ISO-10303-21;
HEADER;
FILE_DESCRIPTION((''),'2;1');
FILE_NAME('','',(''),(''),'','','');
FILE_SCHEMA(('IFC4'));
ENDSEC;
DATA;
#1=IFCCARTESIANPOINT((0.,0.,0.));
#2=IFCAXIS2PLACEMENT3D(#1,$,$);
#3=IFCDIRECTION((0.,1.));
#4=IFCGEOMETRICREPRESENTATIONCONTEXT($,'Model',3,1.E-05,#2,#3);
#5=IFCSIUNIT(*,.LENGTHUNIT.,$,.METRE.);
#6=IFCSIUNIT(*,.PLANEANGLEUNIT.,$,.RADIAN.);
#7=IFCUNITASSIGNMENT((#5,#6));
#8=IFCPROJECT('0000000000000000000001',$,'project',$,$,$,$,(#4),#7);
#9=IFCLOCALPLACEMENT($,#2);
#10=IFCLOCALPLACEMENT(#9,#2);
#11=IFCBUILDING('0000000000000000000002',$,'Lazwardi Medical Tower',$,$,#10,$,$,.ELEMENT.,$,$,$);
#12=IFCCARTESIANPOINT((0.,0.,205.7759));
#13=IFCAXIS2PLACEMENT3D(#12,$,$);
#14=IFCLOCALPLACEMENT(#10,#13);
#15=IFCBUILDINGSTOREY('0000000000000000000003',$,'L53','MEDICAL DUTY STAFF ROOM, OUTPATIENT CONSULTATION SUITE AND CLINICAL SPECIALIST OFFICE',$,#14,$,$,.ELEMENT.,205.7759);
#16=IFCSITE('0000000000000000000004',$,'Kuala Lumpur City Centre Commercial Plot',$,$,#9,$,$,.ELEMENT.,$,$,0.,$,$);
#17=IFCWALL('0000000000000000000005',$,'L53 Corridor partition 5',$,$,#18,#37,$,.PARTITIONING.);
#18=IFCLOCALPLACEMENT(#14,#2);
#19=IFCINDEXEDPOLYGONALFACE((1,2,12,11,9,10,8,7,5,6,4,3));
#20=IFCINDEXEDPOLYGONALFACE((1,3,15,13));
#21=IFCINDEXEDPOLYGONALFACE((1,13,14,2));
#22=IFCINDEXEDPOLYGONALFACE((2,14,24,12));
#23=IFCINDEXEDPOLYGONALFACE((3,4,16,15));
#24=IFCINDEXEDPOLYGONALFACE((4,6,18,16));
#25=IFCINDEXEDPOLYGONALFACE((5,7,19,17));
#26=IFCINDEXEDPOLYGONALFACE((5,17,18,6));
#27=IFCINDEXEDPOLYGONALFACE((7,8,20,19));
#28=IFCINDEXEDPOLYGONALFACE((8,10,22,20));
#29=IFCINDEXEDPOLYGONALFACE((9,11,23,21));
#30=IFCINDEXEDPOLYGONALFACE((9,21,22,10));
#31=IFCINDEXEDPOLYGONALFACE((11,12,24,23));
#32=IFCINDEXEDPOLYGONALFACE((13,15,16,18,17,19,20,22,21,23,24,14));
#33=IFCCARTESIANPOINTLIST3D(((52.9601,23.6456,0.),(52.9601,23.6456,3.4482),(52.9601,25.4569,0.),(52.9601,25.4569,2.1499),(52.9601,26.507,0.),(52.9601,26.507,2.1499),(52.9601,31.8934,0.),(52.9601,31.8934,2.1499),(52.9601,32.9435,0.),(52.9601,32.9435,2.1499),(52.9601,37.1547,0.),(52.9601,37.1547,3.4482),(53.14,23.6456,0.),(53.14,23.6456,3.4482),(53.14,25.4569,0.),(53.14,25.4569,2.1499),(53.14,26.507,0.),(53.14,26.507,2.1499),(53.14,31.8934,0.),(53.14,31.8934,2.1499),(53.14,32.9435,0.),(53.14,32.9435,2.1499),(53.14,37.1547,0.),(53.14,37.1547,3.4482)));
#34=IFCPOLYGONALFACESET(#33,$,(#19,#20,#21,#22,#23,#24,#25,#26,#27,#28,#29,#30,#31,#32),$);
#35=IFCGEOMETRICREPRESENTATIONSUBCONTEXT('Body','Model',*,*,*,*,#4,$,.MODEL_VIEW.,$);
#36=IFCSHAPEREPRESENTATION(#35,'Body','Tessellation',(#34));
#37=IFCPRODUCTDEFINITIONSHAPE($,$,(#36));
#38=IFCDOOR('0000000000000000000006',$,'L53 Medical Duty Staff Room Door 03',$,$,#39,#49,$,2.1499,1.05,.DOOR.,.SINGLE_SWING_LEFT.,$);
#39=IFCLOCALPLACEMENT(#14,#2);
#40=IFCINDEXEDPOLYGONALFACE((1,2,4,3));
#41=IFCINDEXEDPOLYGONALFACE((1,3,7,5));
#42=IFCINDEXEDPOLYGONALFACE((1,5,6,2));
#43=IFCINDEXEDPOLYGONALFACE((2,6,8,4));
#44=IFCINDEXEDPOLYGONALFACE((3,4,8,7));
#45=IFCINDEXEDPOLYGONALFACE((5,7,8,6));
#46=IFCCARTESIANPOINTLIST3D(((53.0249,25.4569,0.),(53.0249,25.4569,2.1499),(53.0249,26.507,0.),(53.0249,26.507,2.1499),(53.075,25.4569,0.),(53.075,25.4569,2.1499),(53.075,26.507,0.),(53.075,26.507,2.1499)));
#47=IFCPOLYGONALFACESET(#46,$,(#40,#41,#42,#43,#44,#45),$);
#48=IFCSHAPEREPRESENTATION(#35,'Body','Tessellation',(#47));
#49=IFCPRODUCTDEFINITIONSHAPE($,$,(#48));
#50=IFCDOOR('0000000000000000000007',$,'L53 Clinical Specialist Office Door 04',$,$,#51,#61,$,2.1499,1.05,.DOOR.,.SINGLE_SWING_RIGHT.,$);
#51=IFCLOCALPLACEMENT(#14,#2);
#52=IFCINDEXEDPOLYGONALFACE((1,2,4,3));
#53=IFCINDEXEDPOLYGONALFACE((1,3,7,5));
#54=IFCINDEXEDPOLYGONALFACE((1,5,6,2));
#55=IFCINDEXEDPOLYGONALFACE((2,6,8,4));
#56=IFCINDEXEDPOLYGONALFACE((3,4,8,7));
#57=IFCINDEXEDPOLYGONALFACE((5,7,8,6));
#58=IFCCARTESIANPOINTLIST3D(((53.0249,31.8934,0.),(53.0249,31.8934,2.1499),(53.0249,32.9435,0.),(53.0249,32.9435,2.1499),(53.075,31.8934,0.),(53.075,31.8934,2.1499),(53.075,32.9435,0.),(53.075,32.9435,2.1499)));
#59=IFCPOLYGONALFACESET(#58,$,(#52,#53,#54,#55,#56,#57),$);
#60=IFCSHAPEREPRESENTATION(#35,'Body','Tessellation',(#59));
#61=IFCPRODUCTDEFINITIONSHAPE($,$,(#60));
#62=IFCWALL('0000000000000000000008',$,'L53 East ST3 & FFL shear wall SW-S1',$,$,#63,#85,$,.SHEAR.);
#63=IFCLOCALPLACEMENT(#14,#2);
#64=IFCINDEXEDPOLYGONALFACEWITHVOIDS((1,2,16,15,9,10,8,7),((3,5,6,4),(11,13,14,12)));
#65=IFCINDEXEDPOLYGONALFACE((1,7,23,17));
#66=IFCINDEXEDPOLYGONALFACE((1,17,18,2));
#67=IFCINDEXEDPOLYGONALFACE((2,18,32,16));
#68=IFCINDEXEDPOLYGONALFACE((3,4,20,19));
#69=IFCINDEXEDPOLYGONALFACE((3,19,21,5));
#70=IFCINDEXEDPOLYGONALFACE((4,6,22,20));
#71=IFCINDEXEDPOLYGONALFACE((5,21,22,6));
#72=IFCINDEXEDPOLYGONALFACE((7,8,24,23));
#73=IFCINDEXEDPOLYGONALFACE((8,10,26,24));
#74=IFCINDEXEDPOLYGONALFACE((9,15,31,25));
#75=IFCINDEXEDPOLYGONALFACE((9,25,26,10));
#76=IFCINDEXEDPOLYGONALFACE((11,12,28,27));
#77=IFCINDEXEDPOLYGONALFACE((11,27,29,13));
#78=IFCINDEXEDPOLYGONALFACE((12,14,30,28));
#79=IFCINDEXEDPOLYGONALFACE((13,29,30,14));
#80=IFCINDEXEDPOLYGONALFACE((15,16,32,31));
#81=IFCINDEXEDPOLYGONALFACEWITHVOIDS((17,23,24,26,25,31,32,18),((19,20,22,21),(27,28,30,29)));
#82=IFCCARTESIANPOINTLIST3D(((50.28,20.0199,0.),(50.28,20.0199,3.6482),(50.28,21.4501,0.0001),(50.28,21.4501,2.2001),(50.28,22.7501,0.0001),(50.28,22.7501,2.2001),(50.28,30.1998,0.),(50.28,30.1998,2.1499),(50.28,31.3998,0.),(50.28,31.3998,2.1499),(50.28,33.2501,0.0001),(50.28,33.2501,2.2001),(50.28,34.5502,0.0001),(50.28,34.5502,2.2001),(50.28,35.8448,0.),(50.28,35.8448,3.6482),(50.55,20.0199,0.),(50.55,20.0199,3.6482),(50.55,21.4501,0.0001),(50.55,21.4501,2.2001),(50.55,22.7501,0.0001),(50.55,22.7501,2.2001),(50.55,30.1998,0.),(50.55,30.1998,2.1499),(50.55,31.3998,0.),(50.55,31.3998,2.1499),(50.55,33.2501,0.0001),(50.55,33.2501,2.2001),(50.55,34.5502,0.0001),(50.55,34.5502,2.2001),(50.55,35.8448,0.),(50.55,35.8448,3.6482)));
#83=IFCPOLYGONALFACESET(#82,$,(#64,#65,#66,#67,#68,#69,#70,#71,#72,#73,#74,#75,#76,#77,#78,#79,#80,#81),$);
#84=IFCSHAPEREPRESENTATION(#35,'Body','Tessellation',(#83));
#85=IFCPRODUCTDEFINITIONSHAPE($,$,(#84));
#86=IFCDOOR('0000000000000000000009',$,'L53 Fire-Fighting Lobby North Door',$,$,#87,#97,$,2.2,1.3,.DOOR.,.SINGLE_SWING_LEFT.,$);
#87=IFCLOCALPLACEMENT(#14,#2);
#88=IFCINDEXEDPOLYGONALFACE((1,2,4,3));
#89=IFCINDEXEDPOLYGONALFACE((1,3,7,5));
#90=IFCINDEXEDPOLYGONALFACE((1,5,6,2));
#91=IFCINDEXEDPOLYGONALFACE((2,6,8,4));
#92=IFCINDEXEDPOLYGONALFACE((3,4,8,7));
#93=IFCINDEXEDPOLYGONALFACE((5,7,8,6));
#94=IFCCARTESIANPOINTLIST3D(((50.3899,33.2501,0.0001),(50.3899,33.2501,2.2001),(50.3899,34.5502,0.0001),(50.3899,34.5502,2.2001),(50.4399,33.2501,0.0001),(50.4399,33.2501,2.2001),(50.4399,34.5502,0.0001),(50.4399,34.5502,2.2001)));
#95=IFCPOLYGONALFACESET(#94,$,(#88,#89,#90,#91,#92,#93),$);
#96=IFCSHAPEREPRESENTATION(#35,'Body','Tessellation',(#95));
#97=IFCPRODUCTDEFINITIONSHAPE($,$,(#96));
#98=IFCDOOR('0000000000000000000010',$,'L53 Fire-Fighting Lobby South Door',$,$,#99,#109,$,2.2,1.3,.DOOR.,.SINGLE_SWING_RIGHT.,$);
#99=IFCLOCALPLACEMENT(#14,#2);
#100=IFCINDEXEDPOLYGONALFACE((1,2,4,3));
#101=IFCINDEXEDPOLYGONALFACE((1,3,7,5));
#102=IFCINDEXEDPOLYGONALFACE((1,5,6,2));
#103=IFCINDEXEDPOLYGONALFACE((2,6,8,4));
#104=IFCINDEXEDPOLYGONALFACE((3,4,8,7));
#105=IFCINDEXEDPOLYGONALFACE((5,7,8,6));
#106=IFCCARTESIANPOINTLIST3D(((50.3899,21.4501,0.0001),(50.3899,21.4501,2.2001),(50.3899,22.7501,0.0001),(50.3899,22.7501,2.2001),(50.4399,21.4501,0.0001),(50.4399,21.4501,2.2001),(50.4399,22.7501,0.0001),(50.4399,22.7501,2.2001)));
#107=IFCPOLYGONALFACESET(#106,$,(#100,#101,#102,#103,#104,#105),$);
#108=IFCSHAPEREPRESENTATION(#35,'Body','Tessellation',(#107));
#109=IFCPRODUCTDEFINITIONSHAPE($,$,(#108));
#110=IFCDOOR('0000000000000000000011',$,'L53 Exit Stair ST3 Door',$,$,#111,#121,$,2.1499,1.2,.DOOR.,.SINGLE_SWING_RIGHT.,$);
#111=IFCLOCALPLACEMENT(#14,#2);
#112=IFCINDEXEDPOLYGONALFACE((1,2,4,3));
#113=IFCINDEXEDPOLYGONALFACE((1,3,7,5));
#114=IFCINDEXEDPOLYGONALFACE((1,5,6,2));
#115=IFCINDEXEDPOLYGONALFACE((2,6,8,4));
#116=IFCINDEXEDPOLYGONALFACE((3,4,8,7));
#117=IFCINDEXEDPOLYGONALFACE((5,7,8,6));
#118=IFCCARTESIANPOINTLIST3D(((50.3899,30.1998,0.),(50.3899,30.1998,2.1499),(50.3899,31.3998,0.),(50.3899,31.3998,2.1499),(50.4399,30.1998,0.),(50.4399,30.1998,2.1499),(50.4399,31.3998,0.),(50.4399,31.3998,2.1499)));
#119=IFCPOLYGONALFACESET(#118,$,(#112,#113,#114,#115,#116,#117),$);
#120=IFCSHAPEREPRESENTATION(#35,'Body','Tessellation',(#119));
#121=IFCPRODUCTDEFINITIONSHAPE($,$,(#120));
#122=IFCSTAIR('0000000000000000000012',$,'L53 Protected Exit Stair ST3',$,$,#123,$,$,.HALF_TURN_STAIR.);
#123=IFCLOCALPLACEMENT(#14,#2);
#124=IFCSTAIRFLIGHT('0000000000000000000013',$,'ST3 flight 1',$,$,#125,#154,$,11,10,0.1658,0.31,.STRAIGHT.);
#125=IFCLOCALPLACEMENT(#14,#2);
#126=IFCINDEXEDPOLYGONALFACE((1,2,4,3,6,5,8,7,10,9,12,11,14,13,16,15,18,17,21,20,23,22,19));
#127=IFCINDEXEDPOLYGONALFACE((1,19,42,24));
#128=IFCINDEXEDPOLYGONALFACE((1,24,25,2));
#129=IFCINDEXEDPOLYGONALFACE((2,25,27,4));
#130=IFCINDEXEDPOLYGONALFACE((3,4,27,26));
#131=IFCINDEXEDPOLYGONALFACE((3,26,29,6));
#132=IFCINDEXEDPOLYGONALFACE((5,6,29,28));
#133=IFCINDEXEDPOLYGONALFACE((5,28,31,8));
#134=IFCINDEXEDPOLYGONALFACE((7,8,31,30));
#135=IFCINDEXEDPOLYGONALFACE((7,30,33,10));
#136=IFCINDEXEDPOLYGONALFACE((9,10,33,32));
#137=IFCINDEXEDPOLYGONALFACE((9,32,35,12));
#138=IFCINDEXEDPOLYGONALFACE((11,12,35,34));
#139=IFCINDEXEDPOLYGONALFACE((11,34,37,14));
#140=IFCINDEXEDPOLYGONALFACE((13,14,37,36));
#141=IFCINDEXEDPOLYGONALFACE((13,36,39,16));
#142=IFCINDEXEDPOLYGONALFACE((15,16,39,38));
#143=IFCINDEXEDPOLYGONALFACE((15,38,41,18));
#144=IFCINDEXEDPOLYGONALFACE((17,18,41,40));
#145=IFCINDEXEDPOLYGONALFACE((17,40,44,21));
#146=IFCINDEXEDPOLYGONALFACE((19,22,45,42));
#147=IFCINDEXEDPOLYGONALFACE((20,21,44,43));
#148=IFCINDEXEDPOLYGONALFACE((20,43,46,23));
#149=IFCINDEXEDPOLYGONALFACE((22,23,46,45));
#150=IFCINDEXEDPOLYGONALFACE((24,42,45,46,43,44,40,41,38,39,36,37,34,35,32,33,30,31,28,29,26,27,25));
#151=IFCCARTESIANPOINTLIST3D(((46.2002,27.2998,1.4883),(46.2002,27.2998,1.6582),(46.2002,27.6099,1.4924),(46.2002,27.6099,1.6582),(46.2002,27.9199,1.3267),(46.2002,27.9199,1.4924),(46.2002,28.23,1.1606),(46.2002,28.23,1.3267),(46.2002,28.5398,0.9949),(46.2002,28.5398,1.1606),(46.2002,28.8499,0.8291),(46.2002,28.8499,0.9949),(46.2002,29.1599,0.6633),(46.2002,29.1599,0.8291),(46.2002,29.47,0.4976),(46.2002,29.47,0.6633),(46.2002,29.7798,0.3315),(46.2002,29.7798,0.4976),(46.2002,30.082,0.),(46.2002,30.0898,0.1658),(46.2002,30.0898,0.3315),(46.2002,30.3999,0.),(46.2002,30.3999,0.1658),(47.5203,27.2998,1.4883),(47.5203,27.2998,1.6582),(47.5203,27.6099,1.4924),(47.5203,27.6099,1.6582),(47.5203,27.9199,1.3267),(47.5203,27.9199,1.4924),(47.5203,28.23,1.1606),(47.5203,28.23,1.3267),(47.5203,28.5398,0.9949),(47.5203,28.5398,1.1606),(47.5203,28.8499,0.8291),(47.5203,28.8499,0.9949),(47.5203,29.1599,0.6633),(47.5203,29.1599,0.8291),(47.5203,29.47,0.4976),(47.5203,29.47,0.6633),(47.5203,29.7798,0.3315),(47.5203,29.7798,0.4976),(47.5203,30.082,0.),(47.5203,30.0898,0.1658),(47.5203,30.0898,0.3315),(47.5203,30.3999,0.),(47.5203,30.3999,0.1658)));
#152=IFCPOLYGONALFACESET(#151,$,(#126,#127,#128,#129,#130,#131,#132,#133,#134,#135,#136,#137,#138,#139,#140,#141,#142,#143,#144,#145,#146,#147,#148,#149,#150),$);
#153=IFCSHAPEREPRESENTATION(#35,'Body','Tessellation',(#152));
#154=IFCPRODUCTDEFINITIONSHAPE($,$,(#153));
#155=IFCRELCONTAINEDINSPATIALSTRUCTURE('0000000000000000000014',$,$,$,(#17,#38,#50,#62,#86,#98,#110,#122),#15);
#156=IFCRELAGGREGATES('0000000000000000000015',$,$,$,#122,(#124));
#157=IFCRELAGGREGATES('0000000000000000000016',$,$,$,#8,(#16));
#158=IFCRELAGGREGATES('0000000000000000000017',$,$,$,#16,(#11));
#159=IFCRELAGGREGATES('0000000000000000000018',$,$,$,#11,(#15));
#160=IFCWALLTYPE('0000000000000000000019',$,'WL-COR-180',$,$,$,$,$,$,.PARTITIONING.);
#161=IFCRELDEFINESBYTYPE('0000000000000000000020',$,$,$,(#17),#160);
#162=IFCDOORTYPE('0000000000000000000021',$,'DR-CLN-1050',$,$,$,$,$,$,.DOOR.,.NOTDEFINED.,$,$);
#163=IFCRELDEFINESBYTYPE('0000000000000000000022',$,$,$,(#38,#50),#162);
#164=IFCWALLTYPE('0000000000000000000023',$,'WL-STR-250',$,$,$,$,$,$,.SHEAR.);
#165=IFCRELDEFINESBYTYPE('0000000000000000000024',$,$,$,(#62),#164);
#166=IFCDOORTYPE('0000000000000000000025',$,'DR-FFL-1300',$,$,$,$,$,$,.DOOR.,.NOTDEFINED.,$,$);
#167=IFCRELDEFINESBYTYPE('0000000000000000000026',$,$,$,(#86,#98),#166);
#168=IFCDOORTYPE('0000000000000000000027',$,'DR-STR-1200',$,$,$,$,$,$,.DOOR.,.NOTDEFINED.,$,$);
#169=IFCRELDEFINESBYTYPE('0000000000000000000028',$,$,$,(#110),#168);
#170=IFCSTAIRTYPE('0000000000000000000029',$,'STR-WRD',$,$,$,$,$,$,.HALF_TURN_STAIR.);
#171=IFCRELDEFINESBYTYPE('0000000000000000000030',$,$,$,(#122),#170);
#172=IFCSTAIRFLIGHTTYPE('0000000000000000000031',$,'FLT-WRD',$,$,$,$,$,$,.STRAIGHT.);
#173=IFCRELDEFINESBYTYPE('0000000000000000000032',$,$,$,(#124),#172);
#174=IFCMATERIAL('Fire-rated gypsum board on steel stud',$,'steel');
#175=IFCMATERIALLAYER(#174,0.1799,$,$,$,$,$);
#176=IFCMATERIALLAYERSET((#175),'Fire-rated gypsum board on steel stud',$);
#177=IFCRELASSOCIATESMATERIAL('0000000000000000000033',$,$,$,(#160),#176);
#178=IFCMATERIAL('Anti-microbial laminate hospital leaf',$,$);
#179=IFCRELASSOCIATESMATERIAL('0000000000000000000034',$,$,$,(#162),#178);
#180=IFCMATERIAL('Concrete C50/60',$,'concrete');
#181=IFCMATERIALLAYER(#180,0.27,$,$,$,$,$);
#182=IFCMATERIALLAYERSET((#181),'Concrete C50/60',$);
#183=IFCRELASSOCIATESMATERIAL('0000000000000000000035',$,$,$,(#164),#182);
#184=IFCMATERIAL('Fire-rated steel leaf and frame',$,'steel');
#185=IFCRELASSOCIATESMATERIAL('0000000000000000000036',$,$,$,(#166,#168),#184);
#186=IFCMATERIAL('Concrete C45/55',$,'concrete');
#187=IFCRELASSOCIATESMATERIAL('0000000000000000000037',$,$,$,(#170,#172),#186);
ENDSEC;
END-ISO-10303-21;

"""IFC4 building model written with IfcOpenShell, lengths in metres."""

from ifc_helpers import new_model, si_unit, direction, frame, frame_2d, origin, place, context, subcontext, project, spatial, polyline, rectangle, outline, extrude, material, layer, layer_set, type_object, element, fill, aggregate, save


model = new_model("IFC4")

# Units and contexts
model_context = context("Model", 3, precision=1e-05, world=origin(), true_north=direction((0.0, 1.0)))
body_context = subcontext(model_context, "Body", "Model", "MODEL_VIEW")
ifc_project = project(units=[si_unit("LENGTHUNIT", "METRE"), si_unit("PLANEANGLEUNIT", "RADIAN")], contexts=[model_context])

# Site, building, storey
site_placement = place(None, origin())
site = spatial("IfcSite", under=ifc_project, at=site_placement, Name="Kuala Lumpur City Centre Commercial Plot", CompositionType="ELEMENT", RefElevation=0.0)
building_placement = place(site_placement, origin())
building = spatial("IfcBuilding", under=site, at=building_placement, Name="Lazwardi Medical Tower", CompositionType="ELEMENT")
storey_placement = place(building_placement, frame((0.0, 0.0, 205.7759)))
storey = spatial("IfcBuildingStorey", under=building, at=storey_placement, Name="L53", Description="MEDICAL DUTY STAFF ROOM, OUTPATIENT CONSULTATION SUITE AND CLINICAL SPECIALIST OFFICE", CompositionType="ELEMENT", Elevation=205.7759)

# Walls, openings, doors
ifc_material_1 = material(Name="Fire-rated gypsum board on steel stud", Category="steel")
ifc_layer_1 = layer(ifc_material_1, 0.1799)
ifc_layer_set_1 = layer_set([ifc_layer_1], Name="Fire-rated gypsum board on steel stud")
wall_type_1 = type_object("IfcWallType", Name="WL-COR-180", PredefinedType="PARTITIONING", material=ifc_layer_set_1)
wall_1_placement = place(storey_placement, frame((53.05, 37.1545, 0.0), z_axis=(0.0, 0.0, 1.0), x_axis=(0.0, -1.0, 0.0)))
wall_1 = element("IfcWall", 1, at=wall_1_placement, inside=storey, type_object=wall_type_1, Name="L53 Corridor partition 5", PredefinedType="PARTITIONING", context=body_context, shape_type="SweptSolid", body=[
    extrude(rectangle(XDim=13.509, YDim=0.1799, at=frame_2d((6.7544, 0.0))), origin(), (0.0, 0.0, 1.0), 3.4482),
])
opening_1_placement = place(wall_1_placement, frame((10.6477, 0.0, 0.0)))
opening_1 = element("IfcOpeningElement", 2, at=opening_1_placement, cuts=wall_1, PredefinedType="OPENING", context=body_context, shape_type="SweptSolid", body=[
    extrude(rectangle(XDim=1.05, YDim=2.1499, at=frame_2d((0.5249, 1.075))), frame((0.0, 0.0999, 0.0), z_axis=(0.0, -1.0, 0.0), x_axis=(1.0, 0.0, 0.0)), (0.0, 0.0, 1.0), 0.2),
])
opening_2_placement = place(wall_1_placement, frame((4.2112, 0.0, 0.0)))
opening_2 = element("IfcOpeningElement", 3, at=opening_2_placement, cuts=wall_1, PredefinedType="OPENING", context=body_context, shape_type="SweptSolid", body=[
    extrude(rectangle(XDim=1.05, YDim=2.1499, at=frame_2d((0.5249, 1.075))), frame((0.0, 0.0999, 0.0), z_axis=(0.0, -1.0, 0.0), x_axis=(1.0, 0.0, 0.0)), (0.0, 0.0, 1.0), 0.2),
])
ifc_material_2 = material(Name="Anti-microbial laminate hospital leaf")
door_type_1 = type_object("IfcDoorType", Name="DR-CLN-1050", OperationType="NOTDEFINED", PredefinedType="DOOR", material=ifc_material_2)
door_1_placement = place(opening_1_placement, origin())
door_1 = element("IfcDoor", 4, at=door_1_placement, inside=storey, type_object=door_type_1, Name="L53 Medical Duty Staff Room Door 03", OperationType="SINGLE_SWING_LEFT", OverallHeight=2.1499, OverallWidth=1.05, PredefinedType="DOOR", context=body_context, shape_type="SweptSolid", body=[
    extrude(rectangle(XDim=1.05, YDim=2.1499, at=frame_2d((0.5249, 1.075))), frame((0.0, 0.0249, 0.0), z_axis=(0.0, -1.0, 0.0), x_axis=(1.0, 0.0, 0.0)), (0.0, 0.0, 1.0), 0.05),
])
fill(opening_1, door_1)
door_2_placement = place(opening_2_placement, origin())
door_2 = element("IfcDoor", 5, at=door_2_placement, inside=storey, type_object=door_type_1, Name="L53 Clinical Specialist Office Door 04", OperationType="SINGLE_SWING_RIGHT", OverallHeight=2.1499, OverallWidth=1.05, PredefinedType="DOOR", context=body_context, shape_type="SweptSolid", body=[
    extrude(rectangle(XDim=1.05, YDim=2.1499, at=frame_2d((0.5249, 1.075))), frame((0.0, 0.0249, 0.0), z_axis=(0.0, -1.0, 0.0), x_axis=(1.0, 0.0, 0.0)), (0.0, 0.0, 1.0), 0.05),
])
fill(opening_2, door_2)
ifc_material_3 = material(Name="Concrete C50/60", Category="concrete")
ifc_layer_2 = layer(ifc_material_3, 0.27)
ifc_layer_set_2 = layer_set([ifc_layer_2], Name="Concrete C50/60")
wall_type_2 = type_object("IfcWallType", Name="WL-STR-250", PredefinedType="SHEAR", material=ifc_layer_set_2)
wall_2_placement = place(storey_placement, frame((50.415, 35.845, 0.0), z_axis=(0.0, 0.0, 1.0), x_axis=(0.0, -1.0, 0.0)))
wall_2 = element("IfcWall", 6, at=wall_2_placement, inside=storey, type_object=wall_type_2, Name="L53 East ST3 & FFL shear wall SW-S1", PredefinedType="SHEAR", context=body_context, shape_type="SweptSolid", body=[
    extrude(rectangle(XDim=15.825, YDim=0.27, at=frame_2d((7.9126, 0.0))), origin(), (0.0, 0.0, 1.0), 3.6482),
])
opening_3_placement = place(wall_2_placement, frame((4.4451, 0.0, 0.0)))
opening_3 = element("IfcOpeningElement", 7, at=opening_3_placement, cuts=wall_2, PredefinedType="OPENING", context=body_context, shape_type="SweptSolid", body=[
    extrude(rectangle(XDim=1.2, YDim=2.1499, at=frame_2d((0.6001, 1.075))), frame((0.0, 0.145, 0.0), z_axis=(0.0, -1.0, 0.0), x_axis=(1.0, 0.0, 0.0)), (0.0, 0.0, 1.0), 0.29),
])
opening_4_placement = place(wall_2_placement, frame((1.2949, 0.0, 0.0)))
opening_4 = element("IfcOpeningElement", 8, at=opening_4_placement, cuts=wall_2, PredefinedType="OPENING", context=body_context, shape_type="SweptSolid", body=[
    extrude(rectangle(XDim=1.3, YDim=2.2, at=frame_2d((0.6499, 1.1001))), frame((0.0, 0.145, 0.0), z_axis=(0.0, -1.0, 0.0), x_axis=(1.0, 0.0, 0.0)), (0.0, 0.0, 1.0), 0.29),
])
opening_5_placement = place(wall_2_placement, frame((13.095, 0.0, 0.0)))
opening_5 = element("IfcOpeningElement", 9, at=opening_5_placement, cuts=wall_2, PredefinedType="OPENING", context=body_context, shape_type="SweptSolid", body=[
    extrude(rectangle(XDim=1.3, YDim=2.2, at=frame_2d((0.6499, 1.1001))), frame((0.0, 0.145, 0.0), z_axis=(0.0, -1.0, 0.0), x_axis=(1.0, 0.0, 0.0)), (0.0, 0.0, 1.0), 0.29),
])
ifc_material_4 = material(Name="Fire-rated steel leaf and frame", Category="steel")
door_type_2 = type_object("IfcDoorType", Name="DR-FFL-1300", OperationType="NOTDEFINED", PredefinedType="DOOR", material=ifc_material_4)
door_3_placement = place(opening_4_placement, origin())
door_3 = element("IfcDoor", 10, at=door_3_placement, inside=storey, type_object=door_type_2, Name="L53 Fire-Fighting Lobby North Door", OperationType="SINGLE_SWING_LEFT", OverallHeight=2.2, OverallWidth=1.3, PredefinedType="DOOR", context=body_context, shape_type="SweptSolid", body=[
    extrude(rectangle(XDim=1.3, YDim=2.2, at=frame_2d((0.6499, 1.1001))), frame((0.0, 0.0249, 0.0), z_axis=(0.0, -1.0, 0.0), x_axis=(1.0, 0.0, 0.0)), (0.0, 0.0, 1.0), 0.05),
])
fill(opening_4, door_3)
door_4_placement = place(opening_5_placement, origin())
door_4 = element("IfcDoor", 11, at=door_4_placement, inside=storey, type_object=door_type_2, Name="L53 Fire-Fighting Lobby South Door", OperationType="SINGLE_SWING_RIGHT", OverallHeight=2.2, OverallWidth=1.3, PredefinedType="DOOR", context=body_context, shape_type="SweptSolid", body=[
    extrude(rectangle(XDim=1.3, YDim=2.2, at=frame_2d((0.6499, 1.1001))), frame((0.0, 0.0249, 0.0), z_axis=(0.0, -1.0, 0.0), x_axis=(1.0, 0.0, 0.0)), (0.0, 0.0, 1.0), 0.05),
])
fill(opening_5, door_4)
door_type_3 = type_object("IfcDoorType", Name="DR-STR-1200", OperationType="NOTDEFINED", PredefinedType="DOOR", material=ifc_material_4)
door_5_placement = place(opening_3_placement, origin())
door_5 = element("IfcDoor", 12, at=door_5_placement, inside=storey, type_object=door_type_3, Name="L53 Exit Stair ST3 Door", OperationType="SINGLE_SWING_RIGHT", OverallHeight=2.1499, OverallWidth=1.2, PredefinedType="DOOR", context=body_context, shape_type="SweptSolid", body=[
    extrude(rectangle(XDim=1.2, YDim=2.1499, at=frame_2d((0.6001, 1.075))), frame((0.0, 0.0249, 0.0), z_axis=(0.0, -1.0, 0.0), x_axis=(1.0, 0.0, 0.0)), (0.0, 0.0, 1.0), 0.05),
])
fill(opening_3, door_5)

# Stair, stair flight
ifc_material_5 = material(Name="Concrete C45/55", Category="concrete")
stair_type = type_object("IfcStairType", Name="STR-WRD", PredefinedType="HALF_TURN_STAIR", material=ifc_material_5)
stair_placement = place(storey_placement, origin())
stair = element("IfcStair", 13, at=stair_placement, inside=storey, type_object=stair_type, Name="L53 Protected Exit Stair ST3", PredefinedType="HALF_TURN_STAIR")
stair_flight_type = type_object("IfcStairFlightType", Name="FLT-WRD", PredefinedType="STRAIGHT", material=ifc_material_5)
stair_flight_placement = place(storey_placement, frame((46.8601, 30.3999, 0.0), z_axis=(0.0, 0.0, 1.0), x_axis=(0.0, -1.0, 0.0)))
stair_flight = element("IfcStairFlight", 14, at=stair_flight_placement, type_object=stair_flight_type, Name="ST3 flight 1", NumberOfRisers=11, NumberOfTreads=10, PredefinedType="STRAIGHT", RiserHeight=0.1658, TreadLength=0.31, context=body_context, shape_type="SweptSolid", body=[
    extrude(outline(polyline([(0.0, 0.0), (0.0, 0.1658), (0.3101, 0.1658), (0.3101, 0.3315), (0.6201, 0.3315), (0.6201, 0.4976), (0.9299, 0.4976), (0.9299, 0.6633), (1.24, 0.6633), (1.24, 0.8291), (1.55, 0.8291), (1.55, 0.9949), (1.8601, 0.9949), (1.8601, 1.1606), (2.1699, 1.1606), (2.1699, 1.3267), (2.48, 1.3267), (2.48, 1.4924), (2.79, 1.4924), (2.79, 1.6582), (3.1001, 1.6582), (3.1001, 1.824), (3.1001, 1.4883), (0.3179, 0.0), (0.0, 0.0)])), frame((0.0, 0.6602, 0.0), z_axis=(0.0, -1.0, 0.0), x_axis=(1.0, 0.0, 0.0)), (0.0, 0.0, 1.0), 1.3201),
])
aggregate(stair, [stair_flight])

save(model, "model.ifc")
